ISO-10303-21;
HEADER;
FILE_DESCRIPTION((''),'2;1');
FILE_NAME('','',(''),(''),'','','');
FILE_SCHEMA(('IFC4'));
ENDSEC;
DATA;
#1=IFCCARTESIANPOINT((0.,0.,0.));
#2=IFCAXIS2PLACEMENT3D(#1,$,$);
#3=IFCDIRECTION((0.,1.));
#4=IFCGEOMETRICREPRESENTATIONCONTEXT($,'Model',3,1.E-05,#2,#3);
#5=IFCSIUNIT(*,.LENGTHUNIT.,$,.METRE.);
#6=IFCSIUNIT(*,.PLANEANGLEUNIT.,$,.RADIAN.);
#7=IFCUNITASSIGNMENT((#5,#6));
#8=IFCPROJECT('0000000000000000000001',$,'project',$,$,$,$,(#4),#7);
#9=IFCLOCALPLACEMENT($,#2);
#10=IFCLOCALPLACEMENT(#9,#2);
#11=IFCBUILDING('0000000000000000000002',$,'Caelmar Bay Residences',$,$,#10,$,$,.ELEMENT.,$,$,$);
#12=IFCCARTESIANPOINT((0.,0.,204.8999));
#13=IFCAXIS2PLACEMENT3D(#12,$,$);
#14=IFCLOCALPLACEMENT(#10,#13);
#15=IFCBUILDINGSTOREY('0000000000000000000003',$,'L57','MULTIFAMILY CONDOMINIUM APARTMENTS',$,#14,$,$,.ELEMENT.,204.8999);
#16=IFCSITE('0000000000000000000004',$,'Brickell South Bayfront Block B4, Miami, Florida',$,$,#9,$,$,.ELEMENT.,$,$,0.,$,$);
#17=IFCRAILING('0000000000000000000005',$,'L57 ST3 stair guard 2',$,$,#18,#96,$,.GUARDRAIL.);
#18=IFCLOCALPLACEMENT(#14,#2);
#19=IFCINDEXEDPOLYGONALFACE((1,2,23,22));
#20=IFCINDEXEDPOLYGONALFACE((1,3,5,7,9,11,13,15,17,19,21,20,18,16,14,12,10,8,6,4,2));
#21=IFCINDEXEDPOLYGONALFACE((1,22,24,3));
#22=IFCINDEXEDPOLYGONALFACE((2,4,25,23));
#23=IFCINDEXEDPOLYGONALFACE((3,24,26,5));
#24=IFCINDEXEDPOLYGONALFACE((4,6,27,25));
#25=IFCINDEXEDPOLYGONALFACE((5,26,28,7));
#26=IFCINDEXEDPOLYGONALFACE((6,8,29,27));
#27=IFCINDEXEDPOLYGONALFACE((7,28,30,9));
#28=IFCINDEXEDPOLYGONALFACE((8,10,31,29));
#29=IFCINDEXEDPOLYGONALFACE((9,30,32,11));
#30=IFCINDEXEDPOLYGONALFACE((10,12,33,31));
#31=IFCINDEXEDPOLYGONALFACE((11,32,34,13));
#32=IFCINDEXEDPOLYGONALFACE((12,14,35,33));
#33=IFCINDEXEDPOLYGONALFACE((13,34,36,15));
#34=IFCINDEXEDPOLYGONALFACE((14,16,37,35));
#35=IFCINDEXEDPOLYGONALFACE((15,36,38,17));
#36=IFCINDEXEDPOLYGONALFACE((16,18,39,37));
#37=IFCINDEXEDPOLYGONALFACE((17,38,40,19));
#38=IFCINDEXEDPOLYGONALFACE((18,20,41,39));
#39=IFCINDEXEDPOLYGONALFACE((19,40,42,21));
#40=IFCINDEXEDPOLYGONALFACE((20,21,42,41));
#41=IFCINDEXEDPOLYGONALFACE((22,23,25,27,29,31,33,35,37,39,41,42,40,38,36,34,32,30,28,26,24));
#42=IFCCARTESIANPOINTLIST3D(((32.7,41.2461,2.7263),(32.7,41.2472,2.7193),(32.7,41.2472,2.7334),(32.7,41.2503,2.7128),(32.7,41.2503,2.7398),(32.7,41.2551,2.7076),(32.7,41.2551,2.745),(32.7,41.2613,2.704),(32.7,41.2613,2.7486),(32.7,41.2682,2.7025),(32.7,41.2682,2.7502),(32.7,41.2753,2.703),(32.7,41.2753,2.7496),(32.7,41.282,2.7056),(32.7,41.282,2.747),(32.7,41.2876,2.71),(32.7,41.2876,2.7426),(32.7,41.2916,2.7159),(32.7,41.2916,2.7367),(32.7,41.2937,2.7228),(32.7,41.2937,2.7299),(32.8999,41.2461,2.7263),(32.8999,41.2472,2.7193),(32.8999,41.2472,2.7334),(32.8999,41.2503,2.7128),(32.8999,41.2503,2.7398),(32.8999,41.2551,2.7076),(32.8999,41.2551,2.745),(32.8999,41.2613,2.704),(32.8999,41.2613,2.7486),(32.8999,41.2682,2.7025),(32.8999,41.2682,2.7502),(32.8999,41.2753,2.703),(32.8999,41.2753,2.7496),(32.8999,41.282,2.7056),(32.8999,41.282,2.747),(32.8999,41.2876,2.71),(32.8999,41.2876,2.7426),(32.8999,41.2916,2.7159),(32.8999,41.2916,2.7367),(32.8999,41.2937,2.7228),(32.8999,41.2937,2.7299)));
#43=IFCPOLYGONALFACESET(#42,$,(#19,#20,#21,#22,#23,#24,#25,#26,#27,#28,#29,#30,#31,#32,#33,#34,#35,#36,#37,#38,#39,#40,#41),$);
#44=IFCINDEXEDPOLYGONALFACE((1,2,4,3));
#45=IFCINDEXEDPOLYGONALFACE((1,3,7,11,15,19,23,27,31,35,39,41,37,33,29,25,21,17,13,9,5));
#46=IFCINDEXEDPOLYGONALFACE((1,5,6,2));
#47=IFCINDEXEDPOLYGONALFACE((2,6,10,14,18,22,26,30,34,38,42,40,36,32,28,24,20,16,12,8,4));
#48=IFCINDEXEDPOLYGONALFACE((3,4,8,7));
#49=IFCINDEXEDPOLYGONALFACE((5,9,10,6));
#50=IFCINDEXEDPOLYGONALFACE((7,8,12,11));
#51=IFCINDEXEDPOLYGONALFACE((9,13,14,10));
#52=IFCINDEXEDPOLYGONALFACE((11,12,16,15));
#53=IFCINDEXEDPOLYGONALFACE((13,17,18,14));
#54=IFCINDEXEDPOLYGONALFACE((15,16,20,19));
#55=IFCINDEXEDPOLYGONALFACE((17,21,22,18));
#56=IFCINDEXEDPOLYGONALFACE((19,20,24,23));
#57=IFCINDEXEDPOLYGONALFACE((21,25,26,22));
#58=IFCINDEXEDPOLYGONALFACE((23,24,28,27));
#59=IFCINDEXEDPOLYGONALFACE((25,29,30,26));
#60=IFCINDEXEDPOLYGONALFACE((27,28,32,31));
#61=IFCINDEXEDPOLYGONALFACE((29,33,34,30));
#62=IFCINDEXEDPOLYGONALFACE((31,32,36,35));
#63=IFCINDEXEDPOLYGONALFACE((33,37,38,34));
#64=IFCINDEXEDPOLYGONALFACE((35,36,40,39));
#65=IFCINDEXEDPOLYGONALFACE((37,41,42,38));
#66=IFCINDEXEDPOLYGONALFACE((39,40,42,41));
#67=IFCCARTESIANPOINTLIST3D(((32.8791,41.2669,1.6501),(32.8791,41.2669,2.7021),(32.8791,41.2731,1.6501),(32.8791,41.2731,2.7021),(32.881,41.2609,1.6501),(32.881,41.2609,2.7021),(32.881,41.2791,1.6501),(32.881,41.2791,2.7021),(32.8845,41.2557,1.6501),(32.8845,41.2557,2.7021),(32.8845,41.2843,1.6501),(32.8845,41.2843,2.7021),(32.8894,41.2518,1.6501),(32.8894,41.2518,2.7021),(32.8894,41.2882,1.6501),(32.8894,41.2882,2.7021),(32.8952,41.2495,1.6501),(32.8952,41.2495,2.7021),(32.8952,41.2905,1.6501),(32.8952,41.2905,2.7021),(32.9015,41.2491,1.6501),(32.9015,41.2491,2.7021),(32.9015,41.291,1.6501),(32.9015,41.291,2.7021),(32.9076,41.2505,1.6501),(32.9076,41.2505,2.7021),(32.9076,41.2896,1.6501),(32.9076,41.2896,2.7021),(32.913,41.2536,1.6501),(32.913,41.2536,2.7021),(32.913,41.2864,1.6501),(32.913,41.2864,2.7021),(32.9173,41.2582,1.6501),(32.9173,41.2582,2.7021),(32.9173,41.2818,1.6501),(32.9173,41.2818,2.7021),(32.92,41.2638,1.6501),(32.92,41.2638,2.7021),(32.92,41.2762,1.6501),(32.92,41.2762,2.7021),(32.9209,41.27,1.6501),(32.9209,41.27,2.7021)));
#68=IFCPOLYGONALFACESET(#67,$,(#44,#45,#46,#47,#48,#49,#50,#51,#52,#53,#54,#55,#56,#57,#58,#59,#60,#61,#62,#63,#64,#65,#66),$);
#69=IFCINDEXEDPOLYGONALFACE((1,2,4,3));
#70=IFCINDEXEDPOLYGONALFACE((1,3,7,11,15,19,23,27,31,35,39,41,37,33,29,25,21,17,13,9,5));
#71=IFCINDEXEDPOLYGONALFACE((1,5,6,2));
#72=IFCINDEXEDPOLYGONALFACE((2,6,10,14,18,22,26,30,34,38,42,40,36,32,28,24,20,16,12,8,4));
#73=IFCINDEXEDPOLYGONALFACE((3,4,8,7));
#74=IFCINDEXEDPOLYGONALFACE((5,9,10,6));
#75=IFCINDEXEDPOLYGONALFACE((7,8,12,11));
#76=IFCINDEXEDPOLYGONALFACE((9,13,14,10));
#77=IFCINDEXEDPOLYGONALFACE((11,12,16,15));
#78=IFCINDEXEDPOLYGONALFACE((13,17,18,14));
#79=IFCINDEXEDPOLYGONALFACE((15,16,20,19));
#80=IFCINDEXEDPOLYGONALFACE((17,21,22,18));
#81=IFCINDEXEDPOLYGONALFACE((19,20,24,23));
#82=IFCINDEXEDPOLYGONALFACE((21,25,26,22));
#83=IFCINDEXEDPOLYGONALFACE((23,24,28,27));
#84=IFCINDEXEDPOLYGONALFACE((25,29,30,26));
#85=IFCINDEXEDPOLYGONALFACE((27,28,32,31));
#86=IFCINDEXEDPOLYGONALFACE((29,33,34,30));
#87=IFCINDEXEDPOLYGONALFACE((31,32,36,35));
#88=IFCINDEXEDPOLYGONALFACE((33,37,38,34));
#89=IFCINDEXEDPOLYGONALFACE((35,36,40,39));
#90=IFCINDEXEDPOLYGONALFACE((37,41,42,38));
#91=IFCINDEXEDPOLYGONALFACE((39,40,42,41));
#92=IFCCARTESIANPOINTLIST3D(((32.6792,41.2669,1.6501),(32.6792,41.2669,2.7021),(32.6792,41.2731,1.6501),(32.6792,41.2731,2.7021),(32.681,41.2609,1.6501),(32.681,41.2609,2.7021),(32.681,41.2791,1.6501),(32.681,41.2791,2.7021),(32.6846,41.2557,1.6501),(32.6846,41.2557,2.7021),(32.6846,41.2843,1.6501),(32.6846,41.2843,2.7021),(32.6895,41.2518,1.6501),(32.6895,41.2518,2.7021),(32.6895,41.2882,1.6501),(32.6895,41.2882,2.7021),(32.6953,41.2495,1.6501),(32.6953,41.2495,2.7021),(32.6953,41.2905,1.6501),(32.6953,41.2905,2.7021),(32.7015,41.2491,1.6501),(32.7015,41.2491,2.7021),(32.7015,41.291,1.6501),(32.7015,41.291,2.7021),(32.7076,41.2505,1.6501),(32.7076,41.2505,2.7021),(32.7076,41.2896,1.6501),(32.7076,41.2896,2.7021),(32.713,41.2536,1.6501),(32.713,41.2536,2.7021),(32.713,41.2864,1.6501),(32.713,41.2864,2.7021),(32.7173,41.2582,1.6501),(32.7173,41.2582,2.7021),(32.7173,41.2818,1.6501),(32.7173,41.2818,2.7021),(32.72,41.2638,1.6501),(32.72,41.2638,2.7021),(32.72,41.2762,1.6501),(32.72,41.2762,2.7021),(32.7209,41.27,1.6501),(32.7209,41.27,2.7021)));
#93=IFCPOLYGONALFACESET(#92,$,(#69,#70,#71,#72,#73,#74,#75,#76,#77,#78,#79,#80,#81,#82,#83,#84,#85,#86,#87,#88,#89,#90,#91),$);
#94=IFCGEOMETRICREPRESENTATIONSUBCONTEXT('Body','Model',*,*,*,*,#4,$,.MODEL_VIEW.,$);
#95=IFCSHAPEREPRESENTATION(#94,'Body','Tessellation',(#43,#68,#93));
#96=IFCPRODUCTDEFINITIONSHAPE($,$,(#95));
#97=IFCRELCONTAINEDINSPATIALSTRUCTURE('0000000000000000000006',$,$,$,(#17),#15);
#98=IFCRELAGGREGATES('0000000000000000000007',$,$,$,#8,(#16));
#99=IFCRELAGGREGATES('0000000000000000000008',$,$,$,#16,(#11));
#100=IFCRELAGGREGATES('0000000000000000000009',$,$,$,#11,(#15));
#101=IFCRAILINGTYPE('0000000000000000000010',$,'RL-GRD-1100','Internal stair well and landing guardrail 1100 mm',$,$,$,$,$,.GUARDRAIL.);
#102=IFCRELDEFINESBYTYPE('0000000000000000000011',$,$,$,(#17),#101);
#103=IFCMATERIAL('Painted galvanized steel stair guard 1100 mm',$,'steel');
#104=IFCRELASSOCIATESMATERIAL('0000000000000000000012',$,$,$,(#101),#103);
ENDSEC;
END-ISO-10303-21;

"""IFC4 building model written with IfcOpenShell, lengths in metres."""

from ifc_helpers import new_model, si_unit, direction, frame, origin, origin_2d, place, context, subcontext, project, spatial, circle, extrude, material, type_object, element, save


model = new_model("IFC4")

# Units and contexts
model_context = context("Model", 3, precision=1e-05, world=origin(), true_north=direction((0.0, 1.0)))
body_context = subcontext(model_context, "Body", "Model", "MODEL_VIEW")
ifc_project = project(units=[si_unit("LENGTHUNIT", "METRE"), si_unit("PLANEANGLEUNIT", "RADIAN")], contexts=[model_context])

# Site, building, storey
site_placement = place(None, origin())
site = spatial("IfcSite", under=ifc_project, at=site_placement, Name="Brickell South Bayfront Block B4, Miami, Florida", CompositionType="ELEMENT", RefElevation=0.0)
building_placement = place(site_placement, origin())
building = spatial("IfcBuilding", under=site, at=building_placement, Name="Caelmar Bay Residences", CompositionType="ELEMENT")
storey_placement = place(building_placement, frame((0.0, 0.0, 204.8999)))
storey = spatial("IfcBuildingStorey", under=building, at=storey_placement, Name="L57", Description="MULTIFAMILY CONDOMINIUM APARTMENTS", CompositionType="ELEMENT", Elevation=204.8999)

# Railing
ifc_material_1 = material(Name="Painted galvanized steel stair guard 1100 mm", Category="steel")
railing_type_1 = type_object("IfcRailingType", Name="RL-GRD-1100", Description="Internal stair well and landing guardrail 1100 mm", PredefinedType="GUARDRAIL", material=ifc_material_1)
railing_1_placement = place(storey_placement, frame((32.8999, 41.27, 1.6501)))
element("IfcRailing", 1, at=railing_1_placement, inside=storey, type_object=railing_type_1, Name="L57 ST3 stair guard 2", PredefinedType="GUARDRAIL", context=body_context, shape_type="SweptSolid", body=[
    extrude(circle(Radius=0.0239, at=origin_2d()), frame((0.0, 0.0, 1.0762), z_axis=(-1.0, 0.0, 0.0), x_axis=(0.0, -1.0, 0.0)), (0.0, 0.0, 1.0), 0.2),
    extrude(circle(Radius=0.021, at=origin_2d()), origin(), (0.0, 0.0, 1.0), 1.052),
    extrude(circle(Radius=0.021, at=origin_2d()), frame((-0.2, 0.0, 0.0)), (0.0, 0.0, 1.0), 1.052),
])

save(model, "model.ifc")
